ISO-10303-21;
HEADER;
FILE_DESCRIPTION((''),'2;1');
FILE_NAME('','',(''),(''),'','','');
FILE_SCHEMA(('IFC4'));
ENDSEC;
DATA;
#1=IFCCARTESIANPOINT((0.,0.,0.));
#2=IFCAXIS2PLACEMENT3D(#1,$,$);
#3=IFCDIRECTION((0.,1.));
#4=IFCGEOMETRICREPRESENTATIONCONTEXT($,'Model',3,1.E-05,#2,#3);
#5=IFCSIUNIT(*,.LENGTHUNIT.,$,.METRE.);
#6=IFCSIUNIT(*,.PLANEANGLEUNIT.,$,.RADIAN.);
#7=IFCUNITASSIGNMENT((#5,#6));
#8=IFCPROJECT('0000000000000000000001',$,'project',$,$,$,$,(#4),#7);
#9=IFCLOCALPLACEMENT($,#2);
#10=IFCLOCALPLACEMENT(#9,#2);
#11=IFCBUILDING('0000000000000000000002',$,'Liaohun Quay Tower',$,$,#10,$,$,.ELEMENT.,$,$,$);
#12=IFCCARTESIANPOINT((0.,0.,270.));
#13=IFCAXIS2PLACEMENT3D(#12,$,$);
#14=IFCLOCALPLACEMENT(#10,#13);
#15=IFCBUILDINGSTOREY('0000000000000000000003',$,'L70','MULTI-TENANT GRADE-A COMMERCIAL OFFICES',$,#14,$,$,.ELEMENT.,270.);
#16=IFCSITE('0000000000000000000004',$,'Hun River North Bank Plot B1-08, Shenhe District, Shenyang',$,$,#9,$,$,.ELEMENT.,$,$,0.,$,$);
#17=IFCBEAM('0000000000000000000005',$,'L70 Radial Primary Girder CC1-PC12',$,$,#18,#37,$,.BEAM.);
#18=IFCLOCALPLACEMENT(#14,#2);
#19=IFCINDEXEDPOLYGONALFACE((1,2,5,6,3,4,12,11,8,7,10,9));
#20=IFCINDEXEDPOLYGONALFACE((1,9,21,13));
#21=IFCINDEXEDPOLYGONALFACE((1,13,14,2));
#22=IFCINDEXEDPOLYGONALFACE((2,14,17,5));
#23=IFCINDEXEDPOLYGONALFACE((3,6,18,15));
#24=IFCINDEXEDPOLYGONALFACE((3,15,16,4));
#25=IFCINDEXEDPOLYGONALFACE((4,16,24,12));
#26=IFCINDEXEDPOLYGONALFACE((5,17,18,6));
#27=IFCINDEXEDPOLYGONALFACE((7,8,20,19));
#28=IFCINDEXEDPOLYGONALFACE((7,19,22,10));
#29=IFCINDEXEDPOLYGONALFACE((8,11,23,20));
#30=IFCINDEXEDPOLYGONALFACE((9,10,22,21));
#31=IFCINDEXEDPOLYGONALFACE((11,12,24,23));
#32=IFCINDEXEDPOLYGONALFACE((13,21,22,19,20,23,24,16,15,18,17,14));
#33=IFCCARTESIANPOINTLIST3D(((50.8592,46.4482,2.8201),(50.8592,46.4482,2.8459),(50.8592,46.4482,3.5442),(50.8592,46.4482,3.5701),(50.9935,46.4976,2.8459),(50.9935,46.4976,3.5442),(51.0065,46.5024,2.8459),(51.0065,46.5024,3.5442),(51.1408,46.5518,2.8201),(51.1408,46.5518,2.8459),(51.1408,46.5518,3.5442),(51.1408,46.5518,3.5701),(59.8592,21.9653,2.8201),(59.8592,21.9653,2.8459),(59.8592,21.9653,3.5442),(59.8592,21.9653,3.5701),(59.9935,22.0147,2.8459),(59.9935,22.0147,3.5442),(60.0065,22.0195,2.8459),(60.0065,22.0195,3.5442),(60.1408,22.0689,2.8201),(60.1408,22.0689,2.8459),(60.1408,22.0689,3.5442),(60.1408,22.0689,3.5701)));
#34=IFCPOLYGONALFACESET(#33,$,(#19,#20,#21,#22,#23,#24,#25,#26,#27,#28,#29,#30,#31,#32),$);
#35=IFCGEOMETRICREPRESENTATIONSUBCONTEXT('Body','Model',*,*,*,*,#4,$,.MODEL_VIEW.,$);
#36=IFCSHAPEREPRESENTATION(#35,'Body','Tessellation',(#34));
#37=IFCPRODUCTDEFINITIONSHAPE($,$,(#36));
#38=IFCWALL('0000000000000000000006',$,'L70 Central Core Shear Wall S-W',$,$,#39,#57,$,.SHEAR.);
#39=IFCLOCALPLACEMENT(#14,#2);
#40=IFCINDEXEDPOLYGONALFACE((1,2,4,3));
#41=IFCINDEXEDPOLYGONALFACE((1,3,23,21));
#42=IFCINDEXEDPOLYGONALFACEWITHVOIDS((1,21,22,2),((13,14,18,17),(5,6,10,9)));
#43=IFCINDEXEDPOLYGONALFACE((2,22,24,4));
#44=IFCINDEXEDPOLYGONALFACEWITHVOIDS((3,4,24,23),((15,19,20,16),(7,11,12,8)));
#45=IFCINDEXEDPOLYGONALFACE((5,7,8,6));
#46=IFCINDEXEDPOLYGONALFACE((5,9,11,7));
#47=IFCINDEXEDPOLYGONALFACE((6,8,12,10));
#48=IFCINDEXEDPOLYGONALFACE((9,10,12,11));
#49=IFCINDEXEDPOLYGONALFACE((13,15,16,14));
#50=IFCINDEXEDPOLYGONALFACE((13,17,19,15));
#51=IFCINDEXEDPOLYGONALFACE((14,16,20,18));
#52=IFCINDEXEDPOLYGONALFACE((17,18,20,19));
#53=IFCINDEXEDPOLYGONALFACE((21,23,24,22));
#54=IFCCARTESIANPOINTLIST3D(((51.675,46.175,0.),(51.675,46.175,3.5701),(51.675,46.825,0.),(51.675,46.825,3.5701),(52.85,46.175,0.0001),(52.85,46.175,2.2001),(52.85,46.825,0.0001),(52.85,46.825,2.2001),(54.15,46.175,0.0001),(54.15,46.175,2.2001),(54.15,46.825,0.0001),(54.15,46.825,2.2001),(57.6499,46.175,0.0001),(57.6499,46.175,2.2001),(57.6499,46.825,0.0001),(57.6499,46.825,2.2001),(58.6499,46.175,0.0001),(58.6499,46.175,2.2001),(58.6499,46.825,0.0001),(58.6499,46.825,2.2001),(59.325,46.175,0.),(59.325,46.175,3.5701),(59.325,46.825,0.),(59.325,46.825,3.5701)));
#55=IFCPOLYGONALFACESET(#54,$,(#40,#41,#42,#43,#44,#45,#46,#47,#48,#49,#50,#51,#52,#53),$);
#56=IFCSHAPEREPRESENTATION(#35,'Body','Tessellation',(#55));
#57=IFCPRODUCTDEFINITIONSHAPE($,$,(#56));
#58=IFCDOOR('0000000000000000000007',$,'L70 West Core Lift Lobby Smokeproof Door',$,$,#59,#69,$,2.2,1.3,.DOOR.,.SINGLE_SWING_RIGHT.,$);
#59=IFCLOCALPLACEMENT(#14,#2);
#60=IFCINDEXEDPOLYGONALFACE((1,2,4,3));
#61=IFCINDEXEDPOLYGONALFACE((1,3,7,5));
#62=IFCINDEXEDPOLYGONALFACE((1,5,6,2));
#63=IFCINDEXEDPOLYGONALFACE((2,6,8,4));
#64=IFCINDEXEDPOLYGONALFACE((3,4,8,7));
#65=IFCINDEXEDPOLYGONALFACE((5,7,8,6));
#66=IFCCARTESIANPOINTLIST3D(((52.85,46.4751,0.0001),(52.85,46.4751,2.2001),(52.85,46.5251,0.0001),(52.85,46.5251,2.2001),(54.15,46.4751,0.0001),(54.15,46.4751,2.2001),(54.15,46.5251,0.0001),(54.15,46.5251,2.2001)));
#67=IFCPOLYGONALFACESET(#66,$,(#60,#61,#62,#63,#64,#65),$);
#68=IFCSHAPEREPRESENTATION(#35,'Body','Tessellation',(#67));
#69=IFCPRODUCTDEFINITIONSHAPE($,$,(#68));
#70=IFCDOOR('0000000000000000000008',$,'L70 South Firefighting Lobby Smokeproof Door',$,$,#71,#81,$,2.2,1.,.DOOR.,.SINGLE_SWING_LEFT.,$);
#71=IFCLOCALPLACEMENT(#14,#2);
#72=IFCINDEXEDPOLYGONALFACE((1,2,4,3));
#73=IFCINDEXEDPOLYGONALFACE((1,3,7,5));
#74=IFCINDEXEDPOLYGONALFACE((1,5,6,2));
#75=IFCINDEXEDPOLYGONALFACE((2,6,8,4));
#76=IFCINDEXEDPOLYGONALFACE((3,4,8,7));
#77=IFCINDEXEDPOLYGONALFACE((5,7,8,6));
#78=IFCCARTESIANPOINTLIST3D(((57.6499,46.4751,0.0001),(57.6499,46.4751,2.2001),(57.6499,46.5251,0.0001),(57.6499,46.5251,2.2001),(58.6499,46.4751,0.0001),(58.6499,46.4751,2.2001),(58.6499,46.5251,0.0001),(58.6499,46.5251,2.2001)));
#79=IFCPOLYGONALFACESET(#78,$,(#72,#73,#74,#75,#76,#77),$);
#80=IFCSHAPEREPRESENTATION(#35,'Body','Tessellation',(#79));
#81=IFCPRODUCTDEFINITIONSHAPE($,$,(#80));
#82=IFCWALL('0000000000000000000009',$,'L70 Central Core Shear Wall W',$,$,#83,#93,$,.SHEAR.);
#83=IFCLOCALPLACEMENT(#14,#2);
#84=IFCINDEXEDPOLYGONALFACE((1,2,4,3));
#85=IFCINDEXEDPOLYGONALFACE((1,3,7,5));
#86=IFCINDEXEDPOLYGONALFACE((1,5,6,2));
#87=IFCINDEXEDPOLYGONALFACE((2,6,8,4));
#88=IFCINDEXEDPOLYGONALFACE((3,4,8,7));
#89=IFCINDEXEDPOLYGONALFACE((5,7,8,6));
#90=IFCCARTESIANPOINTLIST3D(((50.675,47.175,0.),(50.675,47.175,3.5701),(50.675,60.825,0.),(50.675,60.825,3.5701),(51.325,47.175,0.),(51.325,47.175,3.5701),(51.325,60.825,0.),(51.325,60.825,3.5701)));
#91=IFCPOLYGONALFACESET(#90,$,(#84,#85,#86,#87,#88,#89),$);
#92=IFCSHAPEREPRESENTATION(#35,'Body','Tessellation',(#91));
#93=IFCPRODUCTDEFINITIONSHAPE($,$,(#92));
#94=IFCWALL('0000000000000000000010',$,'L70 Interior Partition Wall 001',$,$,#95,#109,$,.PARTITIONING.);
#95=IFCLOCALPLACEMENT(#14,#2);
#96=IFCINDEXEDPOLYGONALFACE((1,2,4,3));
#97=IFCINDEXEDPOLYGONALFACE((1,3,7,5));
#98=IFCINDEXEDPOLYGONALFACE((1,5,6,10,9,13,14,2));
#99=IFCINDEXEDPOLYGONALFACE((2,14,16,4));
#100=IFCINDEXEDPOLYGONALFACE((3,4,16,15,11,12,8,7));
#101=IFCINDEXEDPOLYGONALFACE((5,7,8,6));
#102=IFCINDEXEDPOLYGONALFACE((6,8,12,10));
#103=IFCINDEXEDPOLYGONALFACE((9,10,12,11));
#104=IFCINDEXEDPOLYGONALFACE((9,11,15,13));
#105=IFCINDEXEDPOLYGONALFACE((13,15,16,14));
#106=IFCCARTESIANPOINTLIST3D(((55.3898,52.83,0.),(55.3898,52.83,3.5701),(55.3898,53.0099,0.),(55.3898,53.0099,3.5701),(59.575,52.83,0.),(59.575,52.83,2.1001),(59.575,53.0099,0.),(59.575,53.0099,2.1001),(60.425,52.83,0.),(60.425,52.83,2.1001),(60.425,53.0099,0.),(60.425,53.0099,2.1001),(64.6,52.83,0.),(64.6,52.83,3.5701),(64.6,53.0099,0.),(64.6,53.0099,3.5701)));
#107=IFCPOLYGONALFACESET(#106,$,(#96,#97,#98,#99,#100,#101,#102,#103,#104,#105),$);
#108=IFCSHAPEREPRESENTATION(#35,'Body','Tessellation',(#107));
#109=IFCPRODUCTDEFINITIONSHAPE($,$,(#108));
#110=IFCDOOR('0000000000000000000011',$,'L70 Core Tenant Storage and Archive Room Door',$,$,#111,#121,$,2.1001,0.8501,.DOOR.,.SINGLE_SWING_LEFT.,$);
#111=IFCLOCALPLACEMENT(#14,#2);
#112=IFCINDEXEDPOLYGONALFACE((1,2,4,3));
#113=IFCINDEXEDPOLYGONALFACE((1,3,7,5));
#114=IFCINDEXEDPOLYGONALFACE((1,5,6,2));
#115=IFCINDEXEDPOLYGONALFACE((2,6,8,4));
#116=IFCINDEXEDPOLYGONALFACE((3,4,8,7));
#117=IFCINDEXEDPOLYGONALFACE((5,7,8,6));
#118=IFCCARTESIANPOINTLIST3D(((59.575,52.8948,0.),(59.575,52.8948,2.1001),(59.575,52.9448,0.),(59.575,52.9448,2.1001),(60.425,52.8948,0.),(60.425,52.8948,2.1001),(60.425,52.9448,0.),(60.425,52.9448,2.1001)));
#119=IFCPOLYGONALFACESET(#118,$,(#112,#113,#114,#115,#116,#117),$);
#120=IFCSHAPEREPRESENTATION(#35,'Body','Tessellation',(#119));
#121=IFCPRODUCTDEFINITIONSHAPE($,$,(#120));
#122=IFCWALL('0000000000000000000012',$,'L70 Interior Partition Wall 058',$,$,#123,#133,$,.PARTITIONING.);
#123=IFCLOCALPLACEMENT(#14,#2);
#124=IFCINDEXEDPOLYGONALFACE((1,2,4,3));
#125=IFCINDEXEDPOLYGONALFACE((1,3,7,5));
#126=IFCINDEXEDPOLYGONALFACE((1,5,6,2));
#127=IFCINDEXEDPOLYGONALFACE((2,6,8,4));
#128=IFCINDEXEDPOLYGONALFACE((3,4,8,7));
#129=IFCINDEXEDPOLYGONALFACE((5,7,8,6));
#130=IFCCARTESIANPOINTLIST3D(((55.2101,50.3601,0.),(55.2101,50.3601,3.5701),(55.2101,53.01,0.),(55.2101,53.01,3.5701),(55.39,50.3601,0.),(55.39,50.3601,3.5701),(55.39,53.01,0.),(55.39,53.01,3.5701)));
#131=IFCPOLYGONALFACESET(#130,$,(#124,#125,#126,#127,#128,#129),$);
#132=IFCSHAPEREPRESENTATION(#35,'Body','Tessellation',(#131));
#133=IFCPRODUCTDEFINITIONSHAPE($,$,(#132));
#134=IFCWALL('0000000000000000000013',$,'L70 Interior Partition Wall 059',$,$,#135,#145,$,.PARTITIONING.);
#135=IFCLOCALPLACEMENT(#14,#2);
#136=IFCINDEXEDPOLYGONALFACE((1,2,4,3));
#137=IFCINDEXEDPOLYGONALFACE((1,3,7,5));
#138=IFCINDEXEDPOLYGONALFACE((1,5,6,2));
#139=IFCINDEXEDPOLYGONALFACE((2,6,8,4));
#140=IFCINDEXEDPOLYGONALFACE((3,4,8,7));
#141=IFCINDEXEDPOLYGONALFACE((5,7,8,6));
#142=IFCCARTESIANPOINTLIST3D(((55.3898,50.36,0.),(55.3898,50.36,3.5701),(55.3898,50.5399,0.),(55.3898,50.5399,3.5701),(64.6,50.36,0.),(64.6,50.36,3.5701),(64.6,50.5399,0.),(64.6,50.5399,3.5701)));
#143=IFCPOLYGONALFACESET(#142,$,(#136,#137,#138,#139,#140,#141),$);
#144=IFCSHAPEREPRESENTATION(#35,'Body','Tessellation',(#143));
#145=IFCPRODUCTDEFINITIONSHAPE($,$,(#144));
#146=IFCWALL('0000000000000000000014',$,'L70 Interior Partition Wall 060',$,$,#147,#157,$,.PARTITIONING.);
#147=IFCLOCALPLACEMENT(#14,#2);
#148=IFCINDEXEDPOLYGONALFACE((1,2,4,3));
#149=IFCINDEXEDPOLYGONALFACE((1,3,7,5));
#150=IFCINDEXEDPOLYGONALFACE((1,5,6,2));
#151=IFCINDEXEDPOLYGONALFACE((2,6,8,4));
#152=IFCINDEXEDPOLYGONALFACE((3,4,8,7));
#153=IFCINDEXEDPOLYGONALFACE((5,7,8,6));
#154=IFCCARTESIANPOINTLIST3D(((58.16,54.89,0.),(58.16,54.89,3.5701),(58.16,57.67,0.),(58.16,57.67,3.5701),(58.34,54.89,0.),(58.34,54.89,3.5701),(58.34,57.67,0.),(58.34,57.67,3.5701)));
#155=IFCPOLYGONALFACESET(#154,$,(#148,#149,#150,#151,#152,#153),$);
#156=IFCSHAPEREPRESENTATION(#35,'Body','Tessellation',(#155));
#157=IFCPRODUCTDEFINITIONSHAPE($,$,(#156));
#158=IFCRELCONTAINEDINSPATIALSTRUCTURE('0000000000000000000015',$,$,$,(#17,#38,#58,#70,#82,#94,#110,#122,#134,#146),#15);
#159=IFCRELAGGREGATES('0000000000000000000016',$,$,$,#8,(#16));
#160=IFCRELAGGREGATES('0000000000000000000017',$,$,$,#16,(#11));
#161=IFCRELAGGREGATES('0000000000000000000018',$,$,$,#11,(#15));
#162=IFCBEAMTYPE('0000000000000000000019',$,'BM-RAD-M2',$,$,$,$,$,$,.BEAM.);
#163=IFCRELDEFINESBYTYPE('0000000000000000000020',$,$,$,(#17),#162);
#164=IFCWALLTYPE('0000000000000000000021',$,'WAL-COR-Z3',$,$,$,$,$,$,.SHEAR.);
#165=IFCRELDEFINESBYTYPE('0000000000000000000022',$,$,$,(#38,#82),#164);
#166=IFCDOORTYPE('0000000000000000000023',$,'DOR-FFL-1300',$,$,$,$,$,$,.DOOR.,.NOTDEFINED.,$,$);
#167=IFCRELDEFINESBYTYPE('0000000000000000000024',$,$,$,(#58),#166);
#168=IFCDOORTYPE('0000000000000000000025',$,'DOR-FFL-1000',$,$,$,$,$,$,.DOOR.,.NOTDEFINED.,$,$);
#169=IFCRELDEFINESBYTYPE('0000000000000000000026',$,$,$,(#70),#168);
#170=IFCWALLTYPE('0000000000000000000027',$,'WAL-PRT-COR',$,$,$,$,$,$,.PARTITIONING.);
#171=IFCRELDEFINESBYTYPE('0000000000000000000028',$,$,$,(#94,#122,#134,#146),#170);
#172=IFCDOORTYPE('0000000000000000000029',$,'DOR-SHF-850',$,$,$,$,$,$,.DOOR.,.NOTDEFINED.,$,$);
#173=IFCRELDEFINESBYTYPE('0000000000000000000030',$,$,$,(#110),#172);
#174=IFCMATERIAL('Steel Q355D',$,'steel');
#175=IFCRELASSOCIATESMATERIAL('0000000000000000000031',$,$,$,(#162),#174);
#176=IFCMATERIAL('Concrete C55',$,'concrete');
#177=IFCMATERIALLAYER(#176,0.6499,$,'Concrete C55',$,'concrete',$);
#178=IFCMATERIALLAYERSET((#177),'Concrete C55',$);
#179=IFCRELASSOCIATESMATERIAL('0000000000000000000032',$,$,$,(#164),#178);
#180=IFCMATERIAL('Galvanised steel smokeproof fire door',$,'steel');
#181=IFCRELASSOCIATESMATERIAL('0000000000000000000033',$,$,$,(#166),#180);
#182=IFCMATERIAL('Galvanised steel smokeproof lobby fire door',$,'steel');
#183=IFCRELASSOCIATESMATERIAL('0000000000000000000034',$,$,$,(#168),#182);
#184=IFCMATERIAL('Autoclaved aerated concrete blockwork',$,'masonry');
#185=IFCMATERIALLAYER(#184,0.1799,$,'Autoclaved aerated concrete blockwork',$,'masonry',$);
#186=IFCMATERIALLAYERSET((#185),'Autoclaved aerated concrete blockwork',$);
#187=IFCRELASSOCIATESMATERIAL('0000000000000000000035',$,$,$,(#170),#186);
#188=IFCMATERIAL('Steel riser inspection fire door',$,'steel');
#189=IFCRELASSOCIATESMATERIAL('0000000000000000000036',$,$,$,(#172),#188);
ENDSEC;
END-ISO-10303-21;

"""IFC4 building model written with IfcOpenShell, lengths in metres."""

from ifc_helpers import new_model, si_unit, direction, frame, frame_2d, origin, origin_2d, place, context, subcontext, project, spatial, rectangle, i_section, extrude, source, transform, mapped, material, layer, layer_set, material_profile, profile_set, type_object, element, fill, save


model = new_model("IFC4")

# Units and contexts
model_context = context("Model", 3, precision=1e-05, world=origin(), true_north=direction((0.0, 1.0)))
body_context = subcontext(model_context, "Body", "Model", "MODEL_VIEW")
ifc_project = project(units=[si_unit("LENGTHUNIT", "METRE"), si_unit("PLANEANGLEUNIT", "RADIAN")], contexts=[model_context])

# Site, building, storey
site_placement = place(None, origin())
site = spatial("IfcSite", under=ifc_project, at=site_placement, Name="Hun River North Bank Plot B1-08, Shenhe District, Shenyang", CompositionType="ELEMENT", RefElevation=0.0)
building_placement = place(site_placement, origin())
building = spatial("IfcBuilding", under=site, at=building_placement, Name="Liaohun Quay Tower", CompositionType="ELEMENT")
storey_placement = place(building_placement, frame((0.0, 0.0, 270.0)))
storey = spatial("IfcBuildingStorey", under=building, at=storey_placement, Name="L70", Description="MULTI-TENANT GRADE-A COMMERCIAL OFFICES", CompositionType="ELEMENT", Elevation=270.0)

# Beam
ifc_material_1 = material(Name="Steel Q355D", Category="steel")
ifc_material_profile = material_profile(ifc_material_1, i_section(OverallWidth=0.3, OverallDepth=0.75, WebThickness=0.0139, FlangeThickness=0.0259, at=origin_2d()), Name="HN750x300x14x26")
ifc_profile_set = profile_set([ifc_material_profile], Name="Steel Q355D")
beam_type = type_object("IfcBeamType", Name="BM-RAD-M2", PredefinedType="BEAM", material=ifc_profile_set)
shared_shape_1 = source(origin(), body_context, "Body", "SweptSolid", [
    extrude(i_section(OverallWidth=0.3, OverallDepth=0.75, WebThickness=0.0139, FlangeThickness=0.0259, at=origin_2d()), origin(), (0.0, 0.0, 1.0), 26.0847),
])
beam_placement = place(storey_placement, frame((51.0, 46.5, 3.1951), z_axis=(0.34503, -0.938592, 0.0), x_axis=(0.938592, 0.34503, 0.0)))
element("IfcBeam", 1, at=beam_placement, inside=storey, type_object=beam_type, Name="L70 Radial Primary Girder CC1-PC12", PredefinedType="BEAM", context=body_context, shape_type="MappedRepresentation", body=[
    mapped(shared_shape_1, transform((0.0, 0.0, 0.0), x_axis=(1.0, 0.0, 0.0), y_axis=(0.0, 1.0, 0.0), z_axis=(0.0, 0.0, 1.0), scale=1.0)),
])

# Wall, openings, doors
ifc_material_2 = material(Name="Concrete C55", Category="concrete")
ifc_layer_1 = layer(ifc_material_2, 0.6499, Name="Concrete C55", Category="concrete")
ifc_layer_set_1 = layer_set([ifc_layer_1], Name="Concrete C55")
wall_type_1 = type_object("IfcWallType", Name="WAL-COR-Z3", PredefinedType="SHEAR", material=ifc_layer_set_1)
wall_1_placement = place(storey_placement, frame((59.325, 46.5, 0.0), z_axis=(0.0, 0.0, 1.0), x_axis=(-1.0, 0.0, 0.0)))
wall_1 = element("IfcWall", 2, at=wall_1_placement, inside=storey, type_object=wall_type_1, Name="L70 Central Core Shear Wall S-W", PredefinedType="SHEAR", context=body_context, shape_type="SweptSolid", body=[
    extrude(rectangle(XDim=7.6499, YDim=0.6499, at=frame_2d((3.825, 0.0))), origin(), (0.0, 0.0, 1.0), 3.5701),
])
shared_shape_2 = source(origin(), body_context, "Body", "SweptSolid", [
    extrude(rectangle(XDim=1.3, YDim=2.2, at=frame_2d((0.6499, 1.1001))), frame((0.0, 0.335, 0.0), z_axis=(0.0, -1.0, 0.0), x_axis=(1.0, 0.0, 0.0)), (0.0, 0.0, 1.0), 0.6699),
])
opening_1_placement = place(wall_1_placement, frame((5.175, 0.0, 0.0)))
opening_1 = element("IfcOpeningElement", 3, at=opening_1_placement, cuts=wall_1, PredefinedType="OPENING", context=body_context, shape_type="MappedRepresentation", body=[
    mapped(shared_shape_2, transform((0.0, 0.0, 0.0), x_axis=(1.0, 0.0, 0.0), y_axis=(0.0, 1.0, 0.0), z_axis=(0.0, 0.0, 1.0), scale=1.0)),
])
shared_shape_3 = source(origin(), body_context, "Body", "SweptSolid", [
    extrude(rectangle(XDim=1.0, YDim=2.2, at=frame_2d((0.5, 1.1001))), frame((0.0, 0.335, 0.0), z_axis=(0.0, -1.0, 0.0), x_axis=(1.0, 0.0, 0.0)), (0.0, 0.0, 1.0), 0.6699),
])
opening_2_placement = place(wall_1_placement, frame((0.675, 0.0, 0.0)))
opening_2 = element("IfcOpeningElement", 4, at=opening_2_placement, cuts=wall_1, PredefinedType="OPENING", context=body_context, shape_type="MappedRepresentation", body=[
    mapped(shared_shape_3, transform((0.0, 0.0, 0.0), x_axis=(1.0, 0.0, 0.0), y_axis=(0.0, 1.0, 0.0), z_axis=(0.0, 0.0, 1.0), scale=1.0)),
])
ifc_material_3 = material(Name="Galvanised steel smokeproof fire door", Category="steel")
door_type_1 = type_object("IfcDoorType", Name="DOR-FFL-1300", OperationType="NOTDEFINED", PredefinedType="DOOR", material=ifc_material_3)
shared_shape_4 = source(origin(), body_context, "Body", "SweptSolid", [
    extrude(rectangle(XDim=1.3, YDim=2.2, at=frame_2d((0.6499, 1.1001))), frame((0.0, 0.0249, 0.0), z_axis=(0.0, -1.0, 0.0), x_axis=(1.0, 0.0, 0.0)), (0.0, 0.0, 1.0), 0.05),
])
door_1_placement = place(opening_1_placement, origin())
door_1 = element("IfcDoor", 5, at=door_1_placement, inside=storey, type_object=door_type_1, Name="L70 West Core Lift Lobby Smokeproof Door", OperationType="SINGLE_SWING_RIGHT", OverallHeight=2.2, OverallWidth=1.3, PredefinedType="DOOR", context=body_context, shape_type="MappedRepresentation", body=[
    mapped(shared_shape_4, transform((0.0, 0.0, 0.0), x_axis=(1.0, 0.0, 0.0), y_axis=(0.0, 1.0, 0.0), z_axis=(0.0, 0.0, 1.0), scale=1.0)),
])
fill(opening_1, door_1)
ifc_material_4 = material(Name="Galvanised steel smokeproof lobby fire door", Category="steel")
door_type_2 = type_object("IfcDoorType", Name="DOR-FFL-1000", OperationType="NOTDEFINED", PredefinedType="DOOR", material=ifc_material_4)
shared_shape_5 = source(origin(), body_context, "Body", "SweptSolid", [
    extrude(rectangle(XDim=1.0, YDim=2.2, at=frame_2d((0.5, 1.1001))), frame((0.0, 0.0249, 0.0), z_axis=(0.0, -1.0, 0.0), x_axis=(1.0, 0.0, 0.0)), (0.0, 0.0, 1.0), 0.05),
])
door_2_placement = place(opening_2_placement, origin())
door_2 = element("IfcDoor", 6, at=door_2_placement, inside=storey, type_object=door_type_2, Name="L70 South Firefighting Lobby Smokeproof Door", OperationType="SINGLE_SWING_LEFT", OverallHeight=2.2, OverallWidth=1.0, PredefinedType="DOOR", context=body_context, shape_type="MappedRepresentation", body=[
    mapped(shared_shape_5, transform((0.0, 0.0, 0.0), x_axis=(1.0, 0.0, 0.0), y_axis=(0.0, 1.0, 0.0), z_axis=(0.0, 0.0, 1.0), scale=1.0)),
])
fill(opening_2, door_2)

# Wall
wall_2_placement = place(storey_placement, frame((51.0, 47.175, 0.0), z_axis=(0.0, 0.0, 1.0), x_axis=(0.0, 1.0, 0.0)))
element("IfcWall", 7, at=wall_2_placement, inside=storey, type_object=wall_type_1, Name="L70 Central Core Shear Wall W", PredefinedType="SHEAR", context=body_context, shape_type="SweptSolid", body=[
    extrude(rectangle(XDim=13.6499, YDim=0.6499, at=frame_2d((6.825, 0.0))), origin(), (0.0, 0.0, 1.0), 3.5701),
])

# Wall, opening, door
ifc_material_5 = material(Name="Autoclaved aerated concrete blockwork", Category="masonry")
ifc_layer_2 = layer(ifc_material_5, 0.1799, Name="Autoclaved aerated concrete blockwork", Category="masonry")
ifc_layer_set_2 = layer_set([ifc_layer_2], Name="Autoclaved aerated concrete blockwork")
wall_type_2 = type_object("IfcWallType", Name="WAL-PRT-COR", PredefinedType="PARTITIONING", material=ifc_layer_set_2)
wall_3_placement = place(storey_placement, frame((55.3899, 52.9199, 0.0), z_axis=(0.0, 0.0, 1.0), x_axis=(1.0, 0.0, 0.0)))
wall_3 = element("IfcWall", 8, at=wall_3_placement, inside=storey, type_object=wall_type_2, Name="L70 Interior Partition Wall 001", PredefinedType="PARTITIONING", context=body_context, shape_type="SweptSolid", body=[
    extrude(rectangle(XDim=9.2102, YDim=0.1799, at=frame_2d((4.605, 0.0))), origin(), (0.0, 0.0, 1.0), 3.5701),
])
shared_shape_6 = source(origin(), body_context, "Body", "SweptSolid", [
    extrude(rectangle(XDim=0.8501, YDim=2.1001, at=frame_2d((0.425, 1.05))), frame((0.0, 0.0999, 0.0), z_axis=(0.0, -1.0, 0.0), x_axis=(1.0, 0.0, 0.0)), (0.0, 0.0, 1.0), 0.2),
])
opening_3_placement = place(wall_3_placement, frame((4.1851, 0.0, 0.0)))
opening_3 = element("IfcOpeningElement", 9, at=opening_3_placement, cuts=wall_3, PredefinedType="OPENING", context=body_context, shape_type="MappedRepresentation", body=[
    mapped(shared_shape_6, transform((0.0, 0.0, 0.0), x_axis=(1.0, 0.0, 0.0), y_axis=(0.0, 1.0, 0.0), z_axis=(0.0, 0.0, 1.0), scale=1.0)),
])
ifc_material_6 = material(Name="Steel riser inspection fire door", Category="steel")
door_type_3 = type_object("IfcDoorType", Name="DOR-SHF-850", OperationType="NOTDEFINED", PredefinedType="DOOR", material=ifc_material_6)
shared_shape_7 = source(origin(), body_context, "Body", "SweptSolid", [
    extrude(rectangle(XDim=0.8501, YDim=2.1001, at=frame_2d((0.425, 1.05))), frame((0.0, 0.0249, 0.0), z_axis=(0.0, -1.0, 0.0), x_axis=(1.0, 0.0, 0.0)), (0.0, 0.0, 1.0), 0.05),
])
door_3_placement = place(opening_3_placement, origin())
door_3 = element("IfcDoor", 10, at=door_3_placement, inside=storey, type_object=door_type_3, Name="L70 Core Tenant Storage and Archive Room Door", OperationType="SINGLE_SWING_LEFT", OverallHeight=2.1001, OverallWidth=0.8501, PredefinedType="DOOR", context=body_context, shape_type="MappedRepresentation", body=[
    mapped(shared_shape_7, transform((0.0, 0.0, 0.0), x_axis=(1.0, 0.0, 0.0), y_axis=(0.0, 1.0, 0.0), z_axis=(0.0, 0.0, 1.0), scale=1.0)),
])
fill(opening_3, door_3)

# Walls
wall_4_placement = place(storey_placement, frame((55.3, 50.3601, 0.0), z_axis=(0.0, 0.0, 1.0), x_axis=(0.0, 1.0, 0.0)))
element("IfcWall", 11, at=wall_4_placement, inside=storey, type_object=wall_type_2, Name="L70 Interior Partition Wall 058", PredefinedType="PARTITIONING", context=body_context, shape_type="SweptSolid", body=[
    extrude(rectangle(XDim=2.6499, YDim=0.1799, at=frame_2d((1.325, 0.0))), origin(), (0.0, 0.0, 1.0), 3.5701),
])
wall_5_placement = place(storey_placement, frame((55.3899, 50.45, 0.0), z_axis=(0.0, 0.0, 1.0), x_axis=(1.0, 0.0, 0.0)))
element("IfcWall", 12, at=wall_5_placement, inside=storey, type_object=wall_type_2, Name="L70 Interior Partition Wall 059", PredefinedType="PARTITIONING", context=body_context, shape_type="SweptSolid", body=[
    extrude(rectangle(XDim=9.2102, YDim=0.1799, at=frame_2d((4.605, 0.0))), origin(), (0.0, 0.0, 1.0), 3.5701),
])
wall_6_placement = place(storey_placement, frame((58.25, 54.8899, 0.0), z_axis=(0.0, 0.0, 1.0), x_axis=(0.0, 1.0, 0.0)))
element("IfcWall", 13, at=wall_6_placement, inside=storey, type_object=wall_type_2, Name="L70 Interior Partition Wall 060", PredefinedType="PARTITIONING", context=body_context, shape_type="SweptSolid", body=[
    extrude(rectangle(XDim=2.78, YDim=0.1799, at=frame_2d((1.3901, 0.0))), origin(), (0.0, 0.0, 1.0), 3.5701),
])

save(model, "model.ifc")
